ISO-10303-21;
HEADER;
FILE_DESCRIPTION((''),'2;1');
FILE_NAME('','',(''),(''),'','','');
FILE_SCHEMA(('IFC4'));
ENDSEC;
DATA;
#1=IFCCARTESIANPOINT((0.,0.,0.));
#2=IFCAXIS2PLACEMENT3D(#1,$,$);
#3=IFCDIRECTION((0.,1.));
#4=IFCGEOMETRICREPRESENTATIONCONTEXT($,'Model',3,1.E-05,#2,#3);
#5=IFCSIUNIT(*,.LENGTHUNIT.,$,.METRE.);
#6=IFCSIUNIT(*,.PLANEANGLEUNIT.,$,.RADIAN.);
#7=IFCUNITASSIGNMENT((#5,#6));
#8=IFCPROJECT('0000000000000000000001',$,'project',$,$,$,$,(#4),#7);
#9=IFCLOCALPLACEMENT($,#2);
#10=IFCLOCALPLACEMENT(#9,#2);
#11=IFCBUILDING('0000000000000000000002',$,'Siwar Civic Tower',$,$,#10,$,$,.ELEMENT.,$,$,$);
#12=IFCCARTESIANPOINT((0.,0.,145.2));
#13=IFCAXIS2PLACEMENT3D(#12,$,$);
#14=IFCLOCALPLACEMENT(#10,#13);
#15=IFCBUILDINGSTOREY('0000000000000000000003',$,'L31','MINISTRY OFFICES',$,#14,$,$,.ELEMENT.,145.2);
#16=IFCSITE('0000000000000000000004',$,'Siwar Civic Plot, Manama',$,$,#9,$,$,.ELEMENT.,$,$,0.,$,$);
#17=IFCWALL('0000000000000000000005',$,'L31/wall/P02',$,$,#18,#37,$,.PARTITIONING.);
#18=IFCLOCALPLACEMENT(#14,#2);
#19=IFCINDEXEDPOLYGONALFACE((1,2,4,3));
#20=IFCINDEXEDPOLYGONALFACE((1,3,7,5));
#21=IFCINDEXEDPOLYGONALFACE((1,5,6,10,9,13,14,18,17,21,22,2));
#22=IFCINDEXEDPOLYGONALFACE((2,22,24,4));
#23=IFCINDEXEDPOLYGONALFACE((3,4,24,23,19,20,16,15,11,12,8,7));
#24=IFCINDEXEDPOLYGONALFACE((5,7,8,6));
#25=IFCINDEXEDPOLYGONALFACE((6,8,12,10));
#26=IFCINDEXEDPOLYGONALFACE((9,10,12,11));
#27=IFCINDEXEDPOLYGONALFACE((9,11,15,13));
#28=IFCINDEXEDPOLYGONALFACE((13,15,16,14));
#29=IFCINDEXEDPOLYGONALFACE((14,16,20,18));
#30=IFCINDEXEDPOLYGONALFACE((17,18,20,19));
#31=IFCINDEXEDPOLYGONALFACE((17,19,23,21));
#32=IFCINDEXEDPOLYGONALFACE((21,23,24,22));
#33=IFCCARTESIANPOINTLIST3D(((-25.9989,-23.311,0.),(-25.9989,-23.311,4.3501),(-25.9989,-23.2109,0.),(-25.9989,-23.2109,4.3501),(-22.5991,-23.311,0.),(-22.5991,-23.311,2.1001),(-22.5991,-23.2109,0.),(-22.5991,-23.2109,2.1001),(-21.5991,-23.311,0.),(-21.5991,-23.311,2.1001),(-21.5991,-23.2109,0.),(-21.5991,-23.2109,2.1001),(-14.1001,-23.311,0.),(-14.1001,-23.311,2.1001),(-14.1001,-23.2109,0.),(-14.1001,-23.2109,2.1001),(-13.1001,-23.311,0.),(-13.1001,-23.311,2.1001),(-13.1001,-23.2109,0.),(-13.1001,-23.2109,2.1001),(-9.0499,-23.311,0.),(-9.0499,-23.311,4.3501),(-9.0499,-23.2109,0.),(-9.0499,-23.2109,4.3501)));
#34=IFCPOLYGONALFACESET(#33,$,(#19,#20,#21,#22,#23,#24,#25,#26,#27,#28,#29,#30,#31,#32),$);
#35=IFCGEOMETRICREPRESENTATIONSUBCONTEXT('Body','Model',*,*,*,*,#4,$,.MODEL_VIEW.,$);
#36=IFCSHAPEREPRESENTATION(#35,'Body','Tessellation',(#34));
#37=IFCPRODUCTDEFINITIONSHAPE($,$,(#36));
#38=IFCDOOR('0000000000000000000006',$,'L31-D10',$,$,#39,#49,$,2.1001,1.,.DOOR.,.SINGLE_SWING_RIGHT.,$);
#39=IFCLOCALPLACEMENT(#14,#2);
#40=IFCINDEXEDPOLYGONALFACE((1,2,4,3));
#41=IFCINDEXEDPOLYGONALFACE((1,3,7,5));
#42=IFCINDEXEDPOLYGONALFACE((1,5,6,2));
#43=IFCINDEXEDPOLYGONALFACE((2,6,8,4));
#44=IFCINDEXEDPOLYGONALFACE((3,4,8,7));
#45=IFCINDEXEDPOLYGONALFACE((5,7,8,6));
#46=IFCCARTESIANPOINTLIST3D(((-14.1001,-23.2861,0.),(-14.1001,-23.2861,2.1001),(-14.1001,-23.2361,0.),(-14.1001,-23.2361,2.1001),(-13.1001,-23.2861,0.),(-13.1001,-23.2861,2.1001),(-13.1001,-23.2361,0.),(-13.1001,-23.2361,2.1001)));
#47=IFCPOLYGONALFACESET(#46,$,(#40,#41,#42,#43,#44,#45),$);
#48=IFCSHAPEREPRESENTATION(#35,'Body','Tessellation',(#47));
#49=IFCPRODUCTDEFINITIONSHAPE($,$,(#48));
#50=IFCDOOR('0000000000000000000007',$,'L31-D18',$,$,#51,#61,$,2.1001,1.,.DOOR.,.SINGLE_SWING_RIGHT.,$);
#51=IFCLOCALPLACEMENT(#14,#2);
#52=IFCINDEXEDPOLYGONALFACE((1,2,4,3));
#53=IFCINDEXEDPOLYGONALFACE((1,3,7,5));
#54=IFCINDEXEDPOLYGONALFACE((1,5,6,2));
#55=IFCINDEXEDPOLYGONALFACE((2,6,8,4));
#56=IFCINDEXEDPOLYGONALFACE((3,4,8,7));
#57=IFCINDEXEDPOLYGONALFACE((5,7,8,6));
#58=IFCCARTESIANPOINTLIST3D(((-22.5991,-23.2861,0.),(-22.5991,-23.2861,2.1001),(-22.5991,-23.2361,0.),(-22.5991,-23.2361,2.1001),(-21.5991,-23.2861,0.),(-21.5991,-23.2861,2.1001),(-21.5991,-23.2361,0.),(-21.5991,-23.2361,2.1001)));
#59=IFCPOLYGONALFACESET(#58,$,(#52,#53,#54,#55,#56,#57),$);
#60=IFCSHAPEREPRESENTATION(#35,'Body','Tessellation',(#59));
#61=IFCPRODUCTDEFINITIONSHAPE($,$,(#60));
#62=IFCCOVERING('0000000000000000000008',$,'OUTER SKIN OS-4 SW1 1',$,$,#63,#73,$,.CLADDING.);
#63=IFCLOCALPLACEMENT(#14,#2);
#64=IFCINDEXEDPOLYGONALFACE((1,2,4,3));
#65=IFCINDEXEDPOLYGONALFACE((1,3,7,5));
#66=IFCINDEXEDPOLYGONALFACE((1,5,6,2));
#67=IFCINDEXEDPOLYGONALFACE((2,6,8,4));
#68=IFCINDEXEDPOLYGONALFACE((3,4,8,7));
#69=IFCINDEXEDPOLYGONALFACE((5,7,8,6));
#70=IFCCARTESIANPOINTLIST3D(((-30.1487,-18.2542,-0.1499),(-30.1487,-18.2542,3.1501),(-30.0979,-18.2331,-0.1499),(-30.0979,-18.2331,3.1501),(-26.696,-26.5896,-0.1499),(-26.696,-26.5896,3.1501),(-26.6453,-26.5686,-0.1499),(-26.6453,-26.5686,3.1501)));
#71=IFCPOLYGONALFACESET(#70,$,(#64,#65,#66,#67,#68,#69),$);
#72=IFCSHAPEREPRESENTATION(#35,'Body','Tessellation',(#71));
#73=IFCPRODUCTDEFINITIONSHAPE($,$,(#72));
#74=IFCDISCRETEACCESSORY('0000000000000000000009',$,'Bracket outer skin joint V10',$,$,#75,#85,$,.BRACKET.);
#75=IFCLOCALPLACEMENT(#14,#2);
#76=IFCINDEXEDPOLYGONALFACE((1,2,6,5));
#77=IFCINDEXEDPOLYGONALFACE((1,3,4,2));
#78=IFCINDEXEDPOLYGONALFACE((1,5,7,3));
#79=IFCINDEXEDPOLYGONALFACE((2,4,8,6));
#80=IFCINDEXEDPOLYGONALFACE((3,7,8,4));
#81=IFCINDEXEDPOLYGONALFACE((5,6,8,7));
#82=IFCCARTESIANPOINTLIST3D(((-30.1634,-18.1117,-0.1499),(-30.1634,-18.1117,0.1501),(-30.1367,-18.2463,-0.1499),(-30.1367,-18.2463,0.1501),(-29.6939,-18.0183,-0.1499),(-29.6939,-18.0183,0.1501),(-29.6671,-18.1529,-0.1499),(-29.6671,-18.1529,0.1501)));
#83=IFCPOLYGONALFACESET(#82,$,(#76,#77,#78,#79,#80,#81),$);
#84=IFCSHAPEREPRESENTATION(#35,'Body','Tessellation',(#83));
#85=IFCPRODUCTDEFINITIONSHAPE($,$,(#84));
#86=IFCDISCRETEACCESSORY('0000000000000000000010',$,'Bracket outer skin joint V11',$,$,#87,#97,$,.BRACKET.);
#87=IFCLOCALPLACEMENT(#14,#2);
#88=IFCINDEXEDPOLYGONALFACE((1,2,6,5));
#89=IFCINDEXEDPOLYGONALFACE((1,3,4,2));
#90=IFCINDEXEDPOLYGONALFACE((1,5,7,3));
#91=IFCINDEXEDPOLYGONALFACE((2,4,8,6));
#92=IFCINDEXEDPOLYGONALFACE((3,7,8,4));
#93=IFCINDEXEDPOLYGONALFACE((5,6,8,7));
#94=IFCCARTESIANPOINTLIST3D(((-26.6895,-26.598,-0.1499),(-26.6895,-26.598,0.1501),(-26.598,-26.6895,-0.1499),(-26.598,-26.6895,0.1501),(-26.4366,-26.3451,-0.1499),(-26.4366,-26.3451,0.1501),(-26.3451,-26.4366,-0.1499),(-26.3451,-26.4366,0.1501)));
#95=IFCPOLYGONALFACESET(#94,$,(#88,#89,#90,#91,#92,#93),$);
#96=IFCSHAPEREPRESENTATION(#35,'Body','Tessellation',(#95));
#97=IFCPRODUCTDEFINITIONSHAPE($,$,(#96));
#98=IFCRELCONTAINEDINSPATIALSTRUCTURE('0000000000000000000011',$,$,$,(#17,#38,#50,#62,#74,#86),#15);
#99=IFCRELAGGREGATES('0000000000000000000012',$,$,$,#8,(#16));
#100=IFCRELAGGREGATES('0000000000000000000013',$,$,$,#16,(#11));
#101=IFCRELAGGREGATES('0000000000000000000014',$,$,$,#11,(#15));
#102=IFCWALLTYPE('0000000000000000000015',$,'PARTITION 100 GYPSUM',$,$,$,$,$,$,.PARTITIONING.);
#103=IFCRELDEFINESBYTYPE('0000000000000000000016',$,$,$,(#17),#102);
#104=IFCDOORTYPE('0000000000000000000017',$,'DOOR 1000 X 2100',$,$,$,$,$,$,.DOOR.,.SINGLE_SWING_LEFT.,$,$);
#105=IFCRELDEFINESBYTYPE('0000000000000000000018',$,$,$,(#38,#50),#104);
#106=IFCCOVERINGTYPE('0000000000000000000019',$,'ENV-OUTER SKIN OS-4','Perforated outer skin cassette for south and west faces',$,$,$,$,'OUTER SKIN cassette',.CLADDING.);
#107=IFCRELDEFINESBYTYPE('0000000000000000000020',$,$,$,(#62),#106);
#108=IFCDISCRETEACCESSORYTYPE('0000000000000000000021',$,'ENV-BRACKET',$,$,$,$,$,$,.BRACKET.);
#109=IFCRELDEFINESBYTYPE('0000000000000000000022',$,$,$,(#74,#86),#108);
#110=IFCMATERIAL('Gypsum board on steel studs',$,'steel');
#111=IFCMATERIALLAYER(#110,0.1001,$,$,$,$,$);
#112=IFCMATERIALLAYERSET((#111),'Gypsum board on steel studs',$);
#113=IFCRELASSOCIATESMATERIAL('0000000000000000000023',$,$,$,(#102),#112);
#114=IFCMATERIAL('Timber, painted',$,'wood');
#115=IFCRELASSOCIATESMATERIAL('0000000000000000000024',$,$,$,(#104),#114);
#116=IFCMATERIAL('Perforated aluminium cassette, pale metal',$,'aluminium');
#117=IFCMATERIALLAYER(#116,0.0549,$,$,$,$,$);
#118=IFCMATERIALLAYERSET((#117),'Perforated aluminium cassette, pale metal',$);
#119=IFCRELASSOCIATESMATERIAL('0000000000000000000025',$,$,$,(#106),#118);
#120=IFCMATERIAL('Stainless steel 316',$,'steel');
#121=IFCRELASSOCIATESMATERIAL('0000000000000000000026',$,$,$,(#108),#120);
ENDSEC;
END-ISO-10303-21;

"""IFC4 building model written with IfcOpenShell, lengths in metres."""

from ifc_helpers import new_model, si_unit, direction, frame, frame_2d, origin, origin_2d, place, context, subcontext, project, spatial, rectangle, extrude, material, layer, layer_set, type_object, element, fill, save


model = new_model("IFC4")

# Units and contexts
model_context = context("Model", 3, precision=1e-05, world=origin(), true_north=direction((0.0, 1.0)))
body_context = subcontext(model_context, "Body", "Model", "MODEL_VIEW")
ifc_project = project(units=[si_unit("LENGTHUNIT", "METRE"), si_unit("PLANEANGLEUNIT", "RADIAN")], contexts=[model_context])

# Site, building, storey
site_placement = place(None, origin())
site = spatial("IfcSite", under=ifc_project, at=site_placement, Name="Siwar Civic Plot, Manama", CompositionType="ELEMENT", RefElevation=0.0)
building_placement = place(site_placement, origin())
building = spatial("IfcBuilding", under=site, at=building_placement, Name="Siwar Civic Tower", CompositionType="ELEMENT")
storey_placement = place(building_placement, frame((0.0, 0.0, 145.2)))
storey = spatial("IfcBuildingStorey", under=building, at=storey_placement, Name="L31", Description="MINISTRY OFFICES", CompositionType="ELEMENT", Elevation=145.2)

# Wall, openings, doors
ifc_material_1 = material(Name="Gypsum board on steel studs", Category="steel")
ifc_layer_1 = layer(ifc_material_1, 0.1001)
ifc_layer_set_1 = layer_set([ifc_layer_1], Name="Gypsum board on steel studs")
wall_type_1 = type_object("IfcWallType", Name="PARTITION 100 GYPSUM", PredefinedType="PARTITIONING", material=ifc_layer_set_1)
wall_1_placement = place(storey_placement, frame((-25.999, -23.261, 0.0), z_axis=(0.0, 0.0, 1.0), x_axis=(1.0, 0.0, 0.0)))
wall_1 = element("IfcWall", 1, at=wall_1_placement, inside=storey, type_object=wall_type_1, Name="L31/wall/P02", PredefinedType="PARTITIONING", context=body_context, shape_type="SweptSolid", body=[
    extrude(rectangle(XDim=16.949, YDim=0.1001, at=frame_2d((8.4746, 0.0))), origin(), (0.0, 0.0, 1.0), 4.3501),
])
opening_1_placement = place(wall_1_placement, frame((11.8989, 0.0, 0.0)))
opening_1 = element("IfcOpeningElement", 2, at=opening_1_placement, cuts=wall_1, PredefinedType="OPENING", context=body_context, shape_type="SweptSolid", body=[
    extrude(rectangle(XDim=1.0, YDim=2.1001, at=frame_2d((0.5, 1.05))), frame((0.0, 0.0601, 0.0), z_axis=(0.0, -1.0, 0.0), x_axis=(1.0, 0.0, 0.0)), (0.0, 0.0, 1.0), 0.1201),
])
opening_2_placement = place(wall_1_placement, frame((3.3999, 0.0, 0.0)))
opening_2 = element("IfcOpeningElement", 3, at=opening_2_placement, cuts=wall_1, PredefinedType="OPENING", context=body_context, shape_type="SweptSolid", body=[
    extrude(rectangle(XDim=1.0, YDim=2.1001, at=frame_2d((0.5, 1.05))), frame((0.0, 0.0601, 0.0), z_axis=(0.0, -1.0, 0.0), x_axis=(1.0, 0.0, 0.0)), (0.0, 0.0, 1.0), 0.1201),
])
ifc_material_2 = material(Name="Timber, painted", Category="wood")
door_type_1 = type_object("IfcDoorType", Name="DOOR 1000 X 2100", OperationType="SINGLE_SWING_LEFT", PredefinedType="DOOR", material=ifc_material_2)
door_1_placement = place(opening_1_placement, origin())
door_1 = element("IfcDoor", 4, at=door_1_placement, inside=storey, type_object=door_type_1, Name="L31-D10", OperationType="SINGLE_SWING_RIGHT", OverallHeight=2.1001, OverallWidth=1.0, PredefinedType="DOOR", context=body_context, shape_type="SweptSolid", body=[
    extrude(rectangle(XDim=1.0, YDim=2.1001, at=frame_2d((0.5, 1.05))), frame((0.0, 0.0249, 0.0), z_axis=(0.0, -1.0, 0.0), x_axis=(1.0, 0.0, 0.0)), (0.0, 0.0, 1.0), 0.05),
])
fill(opening_1, door_1)
door_2_placement = place(opening_2_placement, origin())
door_2 = element("IfcDoor", 5, at=door_2_placement, inside=storey, type_object=door_type_1, Name="L31-D18", OperationType="SINGLE_SWING_RIGHT", OverallHeight=2.1001, OverallWidth=1.0, PredefinedType="DOOR", context=body_context, shape_type="SweptSolid", body=[
    extrude(rectangle(XDim=1.0, YDim=2.1001, at=frame_2d((0.5, 1.05))), frame((0.0, 0.0249, 0.0), z_axis=(0.0, -1.0, 0.0), x_axis=(1.0, 0.0, 0.0)), (0.0, 0.0, 1.0), 0.05),
])
fill(opening_2, door_2)

# Covering
ifc_material_3 = material(Name="Perforated aluminium cassette, pale metal", Category="aluminium")
ifc_layer_2 = layer(ifc_material_3, 0.0549)
ifc_layer_set_2 = layer_set([ifc_layer_2], Name="Perforated aluminium cassette, pale metal")
covering_type = type_object("IfcCoveringType", Name="ENV-OUTER SKIN OS-4", Description="Perforated outer skin cassette for south and west faces", ElementType="OUTER SKIN cassette", PredefinedType="CLADDING", material=ifc_layer_set_2)
covering_placement = place(storey_placement, frame((-28.397, -22.4114, -0.1499), z_axis=(0.0, 0.0, 1.0), x_axis=(0.382683, -0.92388, 0.0)))
element("IfcCovering", 6, at=covering_placement, inside=storey, type_object=covering_type, Name="OUTER SKIN OS-4 SW1 1", PredefinedType="CLADDING", context=body_context, shape_type="SweptSolid", body=[
    extrude(rectangle(XDim=9.0222, YDim=0.0549, at=origin_2d()), origin(), (0.0, 0.0, 1.0), 3.3),
])

# Discrete accessories
ifc_material_4 = material(Name="Stainless steel 316", Category="steel")
discrete_accessory_type = type_object("IfcDiscreteAccessoryType", Name="ENV-BRACKET", PredefinedType="BRACKET", material=ifc_material_4)
discrete_accessory_1_placement = place(storey_placement, frame((-29.9153, -18.1323, -0.1499), z_axis=(0.0, 0.0, 1.0), x_axis=(-0.980785, -0.19509, 0.0)))
element("IfcDiscreteAccessory", 7, at=discrete_accessory_1_placement, inside=storey, type_object=discrete_accessory_type, Name="Bracket outer skin joint V10", PredefinedType="BRACKET", context=body_context, shape_type="SweptSolid", body=[
    extrude(rectangle(XDim=0.4788, YDim=0.1372, at=origin_2d()), origin(), (0.0, 0.0, 1.0), 0.3),
])
discrete_accessory_2_placement = place(storey_placement, frame((-26.5173, -26.5173, -0.1499), z_axis=(0.0, 0.0, 1.0), x_axis=(-0.707107, -0.707107, 0.0)))
element("IfcDiscreteAccessory", 8, at=discrete_accessory_2_placement, inside=storey, type_object=discrete_accessory_type, Name="Bracket outer skin joint V11", PredefinedType="BRACKET", context=body_context, shape_type="SweptSolid", body=[
    extrude(rectangle(XDim=0.3577, YDim=0.1294, at=origin_2d()), origin(), (0.0, 0.0, 1.0), 0.3),
])

save(model, "model.ifc")
